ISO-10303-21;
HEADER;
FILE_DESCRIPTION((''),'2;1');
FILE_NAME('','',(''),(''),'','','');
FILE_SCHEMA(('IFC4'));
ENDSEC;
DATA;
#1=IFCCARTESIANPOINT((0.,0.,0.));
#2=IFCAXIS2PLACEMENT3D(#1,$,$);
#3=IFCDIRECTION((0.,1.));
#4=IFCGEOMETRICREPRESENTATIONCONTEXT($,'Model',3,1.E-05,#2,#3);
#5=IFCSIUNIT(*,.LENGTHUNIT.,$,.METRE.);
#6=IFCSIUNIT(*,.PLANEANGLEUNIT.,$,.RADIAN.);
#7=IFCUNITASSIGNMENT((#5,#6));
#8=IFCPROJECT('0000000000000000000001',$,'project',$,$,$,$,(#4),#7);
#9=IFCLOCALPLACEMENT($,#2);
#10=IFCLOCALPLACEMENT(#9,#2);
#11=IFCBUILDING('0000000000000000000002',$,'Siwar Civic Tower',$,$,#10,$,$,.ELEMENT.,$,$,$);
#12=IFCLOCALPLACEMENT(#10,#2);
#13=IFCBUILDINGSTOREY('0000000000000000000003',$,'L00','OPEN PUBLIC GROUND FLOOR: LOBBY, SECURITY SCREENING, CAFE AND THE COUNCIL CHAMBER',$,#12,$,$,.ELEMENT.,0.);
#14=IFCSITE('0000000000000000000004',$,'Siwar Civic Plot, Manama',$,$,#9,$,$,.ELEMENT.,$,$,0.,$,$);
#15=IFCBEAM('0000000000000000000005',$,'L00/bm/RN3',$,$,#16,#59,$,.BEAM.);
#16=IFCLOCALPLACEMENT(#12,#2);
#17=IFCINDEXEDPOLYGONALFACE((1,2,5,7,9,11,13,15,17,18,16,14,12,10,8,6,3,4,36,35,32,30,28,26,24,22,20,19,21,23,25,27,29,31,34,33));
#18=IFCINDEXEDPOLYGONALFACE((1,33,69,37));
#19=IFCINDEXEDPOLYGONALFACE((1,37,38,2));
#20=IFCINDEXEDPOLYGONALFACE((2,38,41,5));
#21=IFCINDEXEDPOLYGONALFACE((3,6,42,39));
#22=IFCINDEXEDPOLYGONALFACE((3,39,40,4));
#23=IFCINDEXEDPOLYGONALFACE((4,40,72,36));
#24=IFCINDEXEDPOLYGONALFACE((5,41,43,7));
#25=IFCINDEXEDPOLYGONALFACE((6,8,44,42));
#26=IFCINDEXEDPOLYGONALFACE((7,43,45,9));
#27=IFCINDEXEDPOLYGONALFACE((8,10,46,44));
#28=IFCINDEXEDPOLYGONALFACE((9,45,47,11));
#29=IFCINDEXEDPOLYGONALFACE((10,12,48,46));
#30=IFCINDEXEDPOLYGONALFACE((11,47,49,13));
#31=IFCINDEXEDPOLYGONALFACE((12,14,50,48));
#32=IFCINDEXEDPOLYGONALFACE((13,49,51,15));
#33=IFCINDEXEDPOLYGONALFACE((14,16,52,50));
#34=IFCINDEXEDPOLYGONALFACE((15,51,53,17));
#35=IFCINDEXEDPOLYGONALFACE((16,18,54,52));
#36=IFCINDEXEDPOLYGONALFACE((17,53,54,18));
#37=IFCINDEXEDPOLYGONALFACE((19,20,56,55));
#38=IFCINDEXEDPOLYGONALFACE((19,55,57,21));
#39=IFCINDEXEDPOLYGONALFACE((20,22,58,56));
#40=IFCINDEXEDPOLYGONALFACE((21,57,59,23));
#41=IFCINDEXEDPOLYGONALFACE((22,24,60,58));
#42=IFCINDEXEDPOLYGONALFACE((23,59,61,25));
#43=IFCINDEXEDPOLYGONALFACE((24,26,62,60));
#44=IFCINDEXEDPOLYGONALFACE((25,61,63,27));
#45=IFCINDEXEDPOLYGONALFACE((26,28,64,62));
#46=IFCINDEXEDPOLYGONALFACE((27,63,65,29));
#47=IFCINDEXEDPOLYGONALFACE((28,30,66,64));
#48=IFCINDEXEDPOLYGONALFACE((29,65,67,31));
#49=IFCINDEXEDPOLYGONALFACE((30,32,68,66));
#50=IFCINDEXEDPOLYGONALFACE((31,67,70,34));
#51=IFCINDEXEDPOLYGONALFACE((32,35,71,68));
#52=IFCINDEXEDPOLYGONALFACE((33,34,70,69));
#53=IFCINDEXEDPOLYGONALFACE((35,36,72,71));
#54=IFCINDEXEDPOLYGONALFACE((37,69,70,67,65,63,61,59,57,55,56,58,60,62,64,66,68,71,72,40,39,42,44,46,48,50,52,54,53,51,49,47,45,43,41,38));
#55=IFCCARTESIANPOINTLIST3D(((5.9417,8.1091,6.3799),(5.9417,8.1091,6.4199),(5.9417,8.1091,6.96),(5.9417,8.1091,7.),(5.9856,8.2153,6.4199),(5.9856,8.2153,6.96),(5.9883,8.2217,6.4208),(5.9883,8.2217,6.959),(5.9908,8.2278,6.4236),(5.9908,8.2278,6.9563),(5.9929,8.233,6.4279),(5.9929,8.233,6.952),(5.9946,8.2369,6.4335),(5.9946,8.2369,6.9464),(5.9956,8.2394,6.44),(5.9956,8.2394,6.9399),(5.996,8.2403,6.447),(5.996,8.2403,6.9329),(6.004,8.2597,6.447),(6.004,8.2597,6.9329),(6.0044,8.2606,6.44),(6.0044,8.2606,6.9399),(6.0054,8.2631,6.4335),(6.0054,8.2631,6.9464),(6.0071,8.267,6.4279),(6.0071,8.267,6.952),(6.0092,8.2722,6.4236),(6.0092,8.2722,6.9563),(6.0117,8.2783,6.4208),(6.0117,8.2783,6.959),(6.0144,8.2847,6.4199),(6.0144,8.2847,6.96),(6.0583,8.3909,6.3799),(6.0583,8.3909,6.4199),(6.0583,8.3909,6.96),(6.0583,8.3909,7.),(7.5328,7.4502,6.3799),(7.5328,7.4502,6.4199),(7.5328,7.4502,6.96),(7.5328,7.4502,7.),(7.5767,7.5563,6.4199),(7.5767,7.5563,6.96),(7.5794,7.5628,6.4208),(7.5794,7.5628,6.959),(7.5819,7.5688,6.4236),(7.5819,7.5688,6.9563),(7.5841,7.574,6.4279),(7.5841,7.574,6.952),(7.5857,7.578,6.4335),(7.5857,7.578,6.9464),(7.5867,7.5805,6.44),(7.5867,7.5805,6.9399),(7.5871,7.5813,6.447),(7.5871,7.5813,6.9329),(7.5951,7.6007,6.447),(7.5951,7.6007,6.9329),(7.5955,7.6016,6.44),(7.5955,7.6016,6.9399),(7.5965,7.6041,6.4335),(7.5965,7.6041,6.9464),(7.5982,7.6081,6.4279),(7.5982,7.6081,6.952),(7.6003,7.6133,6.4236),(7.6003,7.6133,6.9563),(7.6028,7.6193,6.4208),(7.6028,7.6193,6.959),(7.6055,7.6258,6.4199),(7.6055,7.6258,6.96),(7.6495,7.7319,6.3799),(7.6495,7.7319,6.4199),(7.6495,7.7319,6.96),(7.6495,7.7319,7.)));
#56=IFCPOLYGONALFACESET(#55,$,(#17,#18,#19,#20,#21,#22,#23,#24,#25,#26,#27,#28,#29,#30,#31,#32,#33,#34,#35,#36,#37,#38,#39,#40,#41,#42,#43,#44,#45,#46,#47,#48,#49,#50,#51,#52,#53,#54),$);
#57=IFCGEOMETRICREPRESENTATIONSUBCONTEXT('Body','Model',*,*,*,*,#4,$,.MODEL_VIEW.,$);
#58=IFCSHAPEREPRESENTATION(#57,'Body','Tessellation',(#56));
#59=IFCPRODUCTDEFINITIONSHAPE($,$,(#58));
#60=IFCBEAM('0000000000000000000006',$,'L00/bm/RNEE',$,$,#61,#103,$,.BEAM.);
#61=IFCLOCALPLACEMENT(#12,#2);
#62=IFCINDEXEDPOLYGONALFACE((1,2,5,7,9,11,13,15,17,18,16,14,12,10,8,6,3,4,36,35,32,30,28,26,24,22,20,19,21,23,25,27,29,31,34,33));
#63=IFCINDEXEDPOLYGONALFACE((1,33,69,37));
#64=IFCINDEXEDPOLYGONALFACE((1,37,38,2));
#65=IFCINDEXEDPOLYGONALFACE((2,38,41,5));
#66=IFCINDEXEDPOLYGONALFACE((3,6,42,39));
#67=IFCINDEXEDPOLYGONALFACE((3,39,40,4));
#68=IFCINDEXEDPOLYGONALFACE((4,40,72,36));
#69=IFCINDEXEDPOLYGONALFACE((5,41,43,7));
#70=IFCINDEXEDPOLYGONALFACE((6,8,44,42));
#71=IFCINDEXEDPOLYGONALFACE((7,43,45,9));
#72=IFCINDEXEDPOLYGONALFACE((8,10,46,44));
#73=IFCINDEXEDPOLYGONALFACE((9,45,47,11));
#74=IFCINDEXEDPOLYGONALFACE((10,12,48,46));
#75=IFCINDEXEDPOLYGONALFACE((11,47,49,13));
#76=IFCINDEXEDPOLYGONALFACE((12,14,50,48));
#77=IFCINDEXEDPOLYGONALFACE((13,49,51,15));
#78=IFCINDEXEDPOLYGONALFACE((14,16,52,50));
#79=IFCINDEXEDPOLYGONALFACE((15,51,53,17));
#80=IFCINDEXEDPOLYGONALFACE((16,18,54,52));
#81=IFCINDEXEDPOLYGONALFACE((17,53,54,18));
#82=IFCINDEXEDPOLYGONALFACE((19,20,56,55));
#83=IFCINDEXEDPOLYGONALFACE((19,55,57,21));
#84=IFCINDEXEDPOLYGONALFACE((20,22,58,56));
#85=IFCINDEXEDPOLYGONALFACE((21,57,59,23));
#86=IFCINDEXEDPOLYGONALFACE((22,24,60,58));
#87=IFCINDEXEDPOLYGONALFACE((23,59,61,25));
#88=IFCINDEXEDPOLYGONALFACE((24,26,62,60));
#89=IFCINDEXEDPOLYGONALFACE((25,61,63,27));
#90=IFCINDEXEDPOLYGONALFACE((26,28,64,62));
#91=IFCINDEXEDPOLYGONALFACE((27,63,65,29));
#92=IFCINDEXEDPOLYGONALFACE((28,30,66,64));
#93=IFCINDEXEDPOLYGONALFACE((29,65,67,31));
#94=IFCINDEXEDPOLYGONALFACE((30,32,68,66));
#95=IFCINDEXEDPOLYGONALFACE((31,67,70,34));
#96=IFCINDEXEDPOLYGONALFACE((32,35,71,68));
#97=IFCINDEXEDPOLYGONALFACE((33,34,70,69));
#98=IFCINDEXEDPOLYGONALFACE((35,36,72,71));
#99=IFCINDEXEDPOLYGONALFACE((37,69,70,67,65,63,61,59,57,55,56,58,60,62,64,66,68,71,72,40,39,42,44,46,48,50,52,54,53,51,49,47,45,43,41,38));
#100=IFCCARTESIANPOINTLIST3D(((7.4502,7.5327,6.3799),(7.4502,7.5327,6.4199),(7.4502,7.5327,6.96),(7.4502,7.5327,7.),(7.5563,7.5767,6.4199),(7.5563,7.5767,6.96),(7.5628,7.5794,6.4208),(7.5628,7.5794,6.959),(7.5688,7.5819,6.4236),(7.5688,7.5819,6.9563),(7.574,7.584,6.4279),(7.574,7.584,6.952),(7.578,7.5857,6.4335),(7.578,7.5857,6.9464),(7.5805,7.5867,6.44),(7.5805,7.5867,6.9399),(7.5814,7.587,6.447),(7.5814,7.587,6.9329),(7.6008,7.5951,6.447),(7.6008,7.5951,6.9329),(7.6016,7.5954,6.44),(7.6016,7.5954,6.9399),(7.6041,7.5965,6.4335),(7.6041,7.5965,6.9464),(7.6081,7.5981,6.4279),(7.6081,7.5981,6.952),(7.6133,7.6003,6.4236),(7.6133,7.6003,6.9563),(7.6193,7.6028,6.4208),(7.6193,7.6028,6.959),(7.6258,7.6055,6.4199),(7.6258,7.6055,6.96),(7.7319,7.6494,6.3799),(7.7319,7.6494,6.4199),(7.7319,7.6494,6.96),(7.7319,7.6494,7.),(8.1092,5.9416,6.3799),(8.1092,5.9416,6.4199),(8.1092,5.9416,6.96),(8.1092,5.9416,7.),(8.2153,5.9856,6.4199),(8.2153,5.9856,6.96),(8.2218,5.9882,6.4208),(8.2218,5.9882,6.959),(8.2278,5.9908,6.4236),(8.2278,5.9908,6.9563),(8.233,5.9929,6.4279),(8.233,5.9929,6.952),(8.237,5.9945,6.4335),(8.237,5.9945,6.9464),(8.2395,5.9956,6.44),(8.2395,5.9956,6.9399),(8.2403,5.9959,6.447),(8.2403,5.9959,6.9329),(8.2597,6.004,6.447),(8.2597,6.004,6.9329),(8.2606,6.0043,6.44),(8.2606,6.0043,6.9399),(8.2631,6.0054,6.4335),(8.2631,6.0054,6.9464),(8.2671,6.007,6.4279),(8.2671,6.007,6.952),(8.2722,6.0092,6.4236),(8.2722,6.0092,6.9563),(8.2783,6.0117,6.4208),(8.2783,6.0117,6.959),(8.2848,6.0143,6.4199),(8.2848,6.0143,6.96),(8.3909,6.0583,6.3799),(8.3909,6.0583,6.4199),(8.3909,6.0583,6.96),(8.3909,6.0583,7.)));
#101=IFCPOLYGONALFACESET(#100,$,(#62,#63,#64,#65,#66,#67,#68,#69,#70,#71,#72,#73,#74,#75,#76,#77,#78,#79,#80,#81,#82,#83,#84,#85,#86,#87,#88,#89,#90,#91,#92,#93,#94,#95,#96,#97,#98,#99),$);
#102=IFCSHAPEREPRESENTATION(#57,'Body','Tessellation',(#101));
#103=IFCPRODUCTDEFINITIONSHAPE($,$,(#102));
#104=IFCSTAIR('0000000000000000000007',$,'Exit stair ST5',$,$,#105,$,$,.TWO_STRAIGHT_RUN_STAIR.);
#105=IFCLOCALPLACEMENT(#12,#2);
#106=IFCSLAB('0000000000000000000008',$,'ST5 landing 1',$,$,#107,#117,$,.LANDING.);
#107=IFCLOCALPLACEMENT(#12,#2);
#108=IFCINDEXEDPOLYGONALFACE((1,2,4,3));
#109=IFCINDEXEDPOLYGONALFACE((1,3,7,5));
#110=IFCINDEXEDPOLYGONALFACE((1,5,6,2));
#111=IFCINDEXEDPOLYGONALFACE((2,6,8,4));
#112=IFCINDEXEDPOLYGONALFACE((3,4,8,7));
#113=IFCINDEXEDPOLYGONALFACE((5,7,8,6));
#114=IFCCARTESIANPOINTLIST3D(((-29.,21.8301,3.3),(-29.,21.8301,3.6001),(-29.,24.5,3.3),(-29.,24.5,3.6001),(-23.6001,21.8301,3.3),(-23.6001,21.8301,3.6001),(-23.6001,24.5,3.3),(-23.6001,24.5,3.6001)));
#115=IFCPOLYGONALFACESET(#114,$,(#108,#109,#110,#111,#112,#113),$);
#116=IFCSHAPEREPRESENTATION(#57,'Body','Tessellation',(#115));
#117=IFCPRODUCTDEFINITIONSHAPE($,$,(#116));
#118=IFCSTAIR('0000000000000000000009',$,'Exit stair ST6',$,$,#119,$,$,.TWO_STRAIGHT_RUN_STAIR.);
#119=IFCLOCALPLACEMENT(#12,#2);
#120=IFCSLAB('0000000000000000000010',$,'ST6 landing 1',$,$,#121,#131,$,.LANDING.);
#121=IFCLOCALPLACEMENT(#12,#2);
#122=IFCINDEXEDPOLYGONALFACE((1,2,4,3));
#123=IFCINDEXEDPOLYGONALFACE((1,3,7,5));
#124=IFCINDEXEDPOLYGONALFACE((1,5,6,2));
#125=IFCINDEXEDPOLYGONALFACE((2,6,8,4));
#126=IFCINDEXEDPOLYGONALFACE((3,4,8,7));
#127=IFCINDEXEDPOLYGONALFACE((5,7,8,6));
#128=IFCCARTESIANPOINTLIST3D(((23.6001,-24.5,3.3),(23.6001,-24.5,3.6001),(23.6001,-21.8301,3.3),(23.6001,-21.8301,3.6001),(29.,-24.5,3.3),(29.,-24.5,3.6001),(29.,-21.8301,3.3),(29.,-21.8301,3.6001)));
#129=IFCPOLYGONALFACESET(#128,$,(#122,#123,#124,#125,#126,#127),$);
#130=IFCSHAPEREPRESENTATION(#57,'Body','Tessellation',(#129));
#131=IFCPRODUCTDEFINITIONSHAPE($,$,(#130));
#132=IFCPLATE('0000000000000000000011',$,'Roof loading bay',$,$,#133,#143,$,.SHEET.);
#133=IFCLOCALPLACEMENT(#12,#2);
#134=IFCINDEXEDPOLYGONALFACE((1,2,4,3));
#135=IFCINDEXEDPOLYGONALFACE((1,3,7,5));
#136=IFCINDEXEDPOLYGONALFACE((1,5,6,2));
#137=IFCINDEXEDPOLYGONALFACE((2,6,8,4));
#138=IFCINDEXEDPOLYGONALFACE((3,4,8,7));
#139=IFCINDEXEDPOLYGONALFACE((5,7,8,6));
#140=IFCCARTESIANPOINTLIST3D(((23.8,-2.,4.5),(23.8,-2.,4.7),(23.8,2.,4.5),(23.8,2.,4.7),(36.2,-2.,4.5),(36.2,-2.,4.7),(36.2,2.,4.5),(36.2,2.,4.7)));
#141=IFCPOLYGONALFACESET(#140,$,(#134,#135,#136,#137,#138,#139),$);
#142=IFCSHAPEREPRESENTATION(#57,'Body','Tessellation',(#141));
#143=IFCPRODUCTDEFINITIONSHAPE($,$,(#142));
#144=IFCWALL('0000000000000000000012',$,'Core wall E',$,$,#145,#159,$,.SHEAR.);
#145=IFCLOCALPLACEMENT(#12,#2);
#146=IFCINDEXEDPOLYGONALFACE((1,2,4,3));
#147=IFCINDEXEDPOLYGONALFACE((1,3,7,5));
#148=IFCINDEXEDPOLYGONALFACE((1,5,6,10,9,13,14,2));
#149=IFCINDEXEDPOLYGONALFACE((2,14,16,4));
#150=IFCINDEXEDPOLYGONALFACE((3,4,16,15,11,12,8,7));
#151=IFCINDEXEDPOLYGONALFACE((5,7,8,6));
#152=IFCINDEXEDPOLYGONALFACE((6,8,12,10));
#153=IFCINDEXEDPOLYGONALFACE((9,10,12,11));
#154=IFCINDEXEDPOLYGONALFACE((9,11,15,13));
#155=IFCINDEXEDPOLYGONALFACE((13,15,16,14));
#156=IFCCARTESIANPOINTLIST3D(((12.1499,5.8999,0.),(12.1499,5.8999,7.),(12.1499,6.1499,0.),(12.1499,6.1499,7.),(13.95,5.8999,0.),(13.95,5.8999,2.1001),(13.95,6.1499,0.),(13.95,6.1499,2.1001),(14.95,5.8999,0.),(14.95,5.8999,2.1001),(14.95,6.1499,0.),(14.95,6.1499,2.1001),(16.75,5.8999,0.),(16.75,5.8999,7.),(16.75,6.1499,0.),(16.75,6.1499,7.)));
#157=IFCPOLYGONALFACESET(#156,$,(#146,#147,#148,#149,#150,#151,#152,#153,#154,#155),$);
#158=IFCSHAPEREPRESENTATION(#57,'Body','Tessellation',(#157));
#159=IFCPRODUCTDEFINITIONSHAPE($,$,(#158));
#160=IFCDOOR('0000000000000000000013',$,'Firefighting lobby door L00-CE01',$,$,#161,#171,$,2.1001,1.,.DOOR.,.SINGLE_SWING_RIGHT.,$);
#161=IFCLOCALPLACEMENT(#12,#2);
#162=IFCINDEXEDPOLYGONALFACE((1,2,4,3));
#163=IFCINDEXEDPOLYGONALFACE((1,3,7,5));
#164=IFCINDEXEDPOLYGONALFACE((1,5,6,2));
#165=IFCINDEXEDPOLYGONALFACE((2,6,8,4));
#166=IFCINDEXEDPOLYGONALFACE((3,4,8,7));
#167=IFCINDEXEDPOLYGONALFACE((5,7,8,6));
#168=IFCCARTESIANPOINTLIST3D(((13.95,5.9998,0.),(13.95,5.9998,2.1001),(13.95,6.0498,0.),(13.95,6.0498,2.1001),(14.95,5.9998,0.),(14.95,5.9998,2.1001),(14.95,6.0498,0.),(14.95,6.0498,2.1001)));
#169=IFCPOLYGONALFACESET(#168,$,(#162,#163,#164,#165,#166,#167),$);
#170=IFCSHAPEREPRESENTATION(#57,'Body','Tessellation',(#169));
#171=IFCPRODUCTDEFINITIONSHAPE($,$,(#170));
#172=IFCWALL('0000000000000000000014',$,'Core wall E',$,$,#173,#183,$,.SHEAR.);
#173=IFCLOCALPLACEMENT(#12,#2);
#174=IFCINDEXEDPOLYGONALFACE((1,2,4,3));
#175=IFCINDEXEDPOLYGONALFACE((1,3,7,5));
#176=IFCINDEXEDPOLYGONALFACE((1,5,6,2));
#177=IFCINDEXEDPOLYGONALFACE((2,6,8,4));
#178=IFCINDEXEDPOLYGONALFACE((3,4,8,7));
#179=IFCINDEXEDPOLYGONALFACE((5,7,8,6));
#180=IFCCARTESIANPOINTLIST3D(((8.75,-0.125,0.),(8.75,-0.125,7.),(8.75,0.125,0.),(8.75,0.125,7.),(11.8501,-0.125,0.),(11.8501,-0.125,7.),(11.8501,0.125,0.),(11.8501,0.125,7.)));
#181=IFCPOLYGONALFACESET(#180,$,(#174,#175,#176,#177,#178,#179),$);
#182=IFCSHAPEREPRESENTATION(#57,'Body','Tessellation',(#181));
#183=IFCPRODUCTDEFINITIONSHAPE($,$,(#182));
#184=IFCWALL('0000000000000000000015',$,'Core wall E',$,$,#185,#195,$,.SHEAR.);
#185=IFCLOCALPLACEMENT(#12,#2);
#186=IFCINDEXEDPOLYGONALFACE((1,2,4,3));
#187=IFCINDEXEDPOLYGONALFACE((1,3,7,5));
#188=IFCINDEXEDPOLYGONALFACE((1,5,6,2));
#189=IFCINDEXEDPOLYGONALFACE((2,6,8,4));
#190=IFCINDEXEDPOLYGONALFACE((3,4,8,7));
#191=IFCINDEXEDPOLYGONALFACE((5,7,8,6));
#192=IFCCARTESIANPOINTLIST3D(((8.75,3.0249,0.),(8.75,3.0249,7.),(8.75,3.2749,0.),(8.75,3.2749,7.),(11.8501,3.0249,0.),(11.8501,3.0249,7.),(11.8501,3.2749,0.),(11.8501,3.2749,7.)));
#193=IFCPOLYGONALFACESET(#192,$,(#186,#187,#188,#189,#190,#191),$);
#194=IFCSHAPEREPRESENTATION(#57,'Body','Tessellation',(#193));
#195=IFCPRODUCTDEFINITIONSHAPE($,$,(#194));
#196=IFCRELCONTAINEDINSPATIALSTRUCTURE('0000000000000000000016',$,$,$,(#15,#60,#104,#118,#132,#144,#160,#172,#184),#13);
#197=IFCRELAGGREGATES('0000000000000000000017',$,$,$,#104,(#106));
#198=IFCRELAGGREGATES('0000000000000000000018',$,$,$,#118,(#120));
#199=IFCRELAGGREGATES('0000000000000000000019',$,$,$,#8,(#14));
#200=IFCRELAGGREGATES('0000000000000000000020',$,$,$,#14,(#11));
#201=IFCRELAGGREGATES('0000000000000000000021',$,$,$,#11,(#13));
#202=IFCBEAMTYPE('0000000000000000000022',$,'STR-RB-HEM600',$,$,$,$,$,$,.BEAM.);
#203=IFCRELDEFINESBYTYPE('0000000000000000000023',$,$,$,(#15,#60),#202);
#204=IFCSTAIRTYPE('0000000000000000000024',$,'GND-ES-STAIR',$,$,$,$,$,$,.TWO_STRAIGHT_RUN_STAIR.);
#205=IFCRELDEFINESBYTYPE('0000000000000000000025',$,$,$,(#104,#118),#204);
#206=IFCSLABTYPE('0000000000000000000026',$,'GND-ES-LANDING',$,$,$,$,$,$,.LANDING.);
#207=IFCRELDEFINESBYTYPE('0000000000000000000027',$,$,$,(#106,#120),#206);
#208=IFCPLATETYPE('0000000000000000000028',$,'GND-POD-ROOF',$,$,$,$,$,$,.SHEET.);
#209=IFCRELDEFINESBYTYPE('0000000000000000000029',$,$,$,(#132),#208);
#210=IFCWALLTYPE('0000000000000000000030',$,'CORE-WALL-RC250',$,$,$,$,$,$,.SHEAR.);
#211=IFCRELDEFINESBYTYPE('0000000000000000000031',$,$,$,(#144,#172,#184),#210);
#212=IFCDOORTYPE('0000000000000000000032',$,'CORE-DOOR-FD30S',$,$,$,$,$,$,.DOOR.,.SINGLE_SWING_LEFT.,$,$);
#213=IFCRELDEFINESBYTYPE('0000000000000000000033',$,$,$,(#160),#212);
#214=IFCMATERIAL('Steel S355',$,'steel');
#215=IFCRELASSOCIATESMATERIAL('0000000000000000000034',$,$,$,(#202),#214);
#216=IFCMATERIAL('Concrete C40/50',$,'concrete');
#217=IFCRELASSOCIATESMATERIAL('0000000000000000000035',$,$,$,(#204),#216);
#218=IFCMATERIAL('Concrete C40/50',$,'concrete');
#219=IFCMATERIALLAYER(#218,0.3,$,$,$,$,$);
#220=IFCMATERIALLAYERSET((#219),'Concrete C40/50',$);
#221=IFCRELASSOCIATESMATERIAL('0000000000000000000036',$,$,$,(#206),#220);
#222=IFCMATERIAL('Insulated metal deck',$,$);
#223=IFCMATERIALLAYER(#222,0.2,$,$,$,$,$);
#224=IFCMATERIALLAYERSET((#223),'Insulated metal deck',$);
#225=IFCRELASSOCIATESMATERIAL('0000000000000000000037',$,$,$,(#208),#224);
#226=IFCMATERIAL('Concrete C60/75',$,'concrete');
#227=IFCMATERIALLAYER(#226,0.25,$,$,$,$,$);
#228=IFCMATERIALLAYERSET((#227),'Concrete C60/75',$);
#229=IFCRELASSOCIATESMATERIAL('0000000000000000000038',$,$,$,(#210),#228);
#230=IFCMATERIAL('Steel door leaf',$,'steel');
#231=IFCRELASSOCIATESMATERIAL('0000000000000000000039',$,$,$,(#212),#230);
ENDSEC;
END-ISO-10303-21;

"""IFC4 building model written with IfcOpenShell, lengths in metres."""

from ifc_helpers import new_model, si_unit, direction, frame, frame_2d, origin, origin_2d, place, context, subcontext, project, spatial, polyline, rectangle, i_section, outline, extrude, material, layer, layer_set, material_profile, profile_set, type_object, element, fill, aggregate, save


model = new_model("IFC4")

# Units and contexts
model_context = context("Model", 3, precision=1e-05, world=origin(), true_north=direction((0.0, 1.0)))
body_context = subcontext(model_context, "Body", "Model", "MODEL_VIEW")
ifc_project = project(units=[si_unit("LENGTHUNIT", "METRE"), si_unit("PLANEANGLEUNIT", "RADIAN")], contexts=[model_context])

# Site, building, storey
site_placement = place(None, origin())
site = spatial("IfcSite", under=ifc_project, at=site_placement, Name="Siwar Civic Plot, Manama", CompositionType="ELEMENT", RefElevation=0.0)
building_placement = place(site_placement, origin())
building = spatial("IfcBuilding", under=site, at=building_placement, Name="Siwar Civic Tower", CompositionType="ELEMENT")
storey_placement = place(building_placement, origin())
storey = spatial("IfcBuildingStorey", under=building, at=storey_placement, Name="L00", Description="OPEN PUBLIC GROUND FLOOR: LOBBY, SECURITY SCREENING, CAFE AND THE COUNCIL CHAMBER", CompositionType="ELEMENT", Elevation=0.0)

# Beams
ifc_material_1 = material(Name="Steel S355", Category="steel")
ifc_material_profile_1 = material_profile(ifc_material_1, i_section(OverallWidth=0.3049, OverallDepth=0.6201, WebThickness=0.021, FlangeThickness=0.04, FilletRadius=0.0271, at=origin_2d()), Name="HEM600")
ifc_profile_set_1 = profile_set([ifc_material_profile_1], Name="Steel S355")
beam_type_1 = type_object("IfcBeamType", Name="STR-RB-HEM600", PredefinedType="BEAM", material=ifc_profile_set_1)
for number, where, z_axis, x_axis, name in (
    (1, (6.0, 8.25, 6.6899), (0.923901, -0.382631, 0.0), (0.382631, 0.923901, 0.0), "L00/bm/RN3"),
    (2, (7.5911, 7.5911, 6.6899), (0.382631, -0.923901, 0.0), (0.923901, 0.382631, 0.0), "L00/bm/RNEE"),
):
    element("IfcBeam", number, at=place(storey_placement, frame(where, z_axis=z_axis, x_axis=x_axis)), inside=storey, type_object=beam_type_1, Name=name, PredefinedType="BEAM", context=body_context, shape_type="SweptSolid", body=[
        extrude(i_section(OverallWidth=0.3049, OverallDepth=0.6201, WebThickness=0.021, FlangeThickness=0.04, FilletRadius=0.0271, at=origin_2d()), origin(), (0.0, 0.0, 1.0), 1.7222),
    ])

# Stairs, slabs
ifc_material_2 = material(Name="Concrete C40/50", Category="concrete")
stair_type_1 = type_object("IfcStairType", Name="GND-ES-STAIR", PredefinedType="TWO_STRAIGHT_RUN_STAIR", material=ifc_material_2)
stair_1_placement = place(storey_placement, origin())
stair_1 = element("IfcStair", 3, at=stair_1_placement, inside=storey, type_object=stair_type_1, Name="Exit stair ST5", PredefinedType="TWO_STRAIGHT_RUN_STAIR")
ifc_material_3 = material(Name="Concrete C40/50", Category="concrete")
ifc_layer_1 = layer(ifc_material_3, 0.3)
ifc_layer_set_1 = layer_set([ifc_layer_1], Name="Concrete C40/50")
slab_type = type_object("IfcSlabType", Name="GND-ES-LANDING", PredefinedType="LANDING", material=ifc_layer_set_1)
slab_1_placement = place(storey_placement, frame((0.0, 0.0, 3.3)))
slab_1 = element("IfcSlab", 4, at=slab_1_placement, type_object=slab_type, Name="ST5 landing 1", PredefinedType="LANDING", context=body_context, shape_type="SweptSolid", body=[
    extrude(outline(polyline([(-29.0, 21.8301), (-23.6001, 21.8301), (-23.6001, 24.5), (-29.0, 24.5), (-29.0, 21.8301)])), origin(), (0.0, 0.0, 1.0), 0.3),
])
aggregate(stair_1, [slab_1])
stair_2_placement = place(storey_placement, origin())
stair_2 = element("IfcStair", 5, at=stair_2_placement, inside=storey, type_object=stair_type_1, Name="Exit stair ST6", PredefinedType="TWO_STRAIGHT_RUN_STAIR")
slab_2_placement = place(storey_placement, frame((0.0, 0.0, 3.3)))
slab_2 = element("IfcSlab", 6, at=slab_2_placement, type_object=slab_type, Name="ST6 landing 1", PredefinedType="LANDING", context=body_context, shape_type="SweptSolid", body=[
    extrude(outline(polyline([(29.0, -21.8301), (23.6001, -21.8301), (23.6001, -24.5), (29.0, -24.5), (29.0, -21.8301)])), origin(), (0.0, 0.0, 1.0), 0.3),
])
aggregate(stair_2, [slab_2])

# Plate
ifc_material_4 = material(Name="Insulated metal deck")
ifc_layer_2 = layer(ifc_material_4, 0.2)
ifc_layer_set_2 = layer_set([ifc_layer_2], Name="Insulated metal deck")
plate_type = type_object("IfcPlateType", Name="GND-POD-ROOF", PredefinedType="SHEET", material=ifc_layer_set_2)
plate_placement = place(storey_placement, frame((0.0, 0.0, 4.5)))
element("IfcPlate", 7, at=plate_placement, inside=storey, type_object=plate_type, Name="Roof loading bay", PredefinedType="SHEET", context=body_context, shape_type="SweptSolid", body=[
    extrude(outline(polyline([(23.8, -2.0), (36.2, -2.0), (36.2, 2.0), (23.8, 2.0), (23.8, -2.0)])), origin(), (0.0, 0.0, 1.0), 0.2),
])

# Wall, opening, door
ifc_material_5 = material(Name="Concrete C60/75", Category="concrete")
ifc_layer_3 = layer(ifc_material_5, 0.25)
ifc_layer_set_3 = layer_set([ifc_layer_3], Name="Concrete C60/75")
wall_type_1 = type_object("IfcWallType", Name="CORE-WALL-RC250", PredefinedType="SHEAR", material=ifc_layer_set_3)
wall_1_placement = place(storey_placement, frame((12.1499, 6.0249, 0.0), z_axis=(0.0, 0.0, 1.0), x_axis=(1.0, 0.0, 0.0)))
wall_1 = element("IfcWall", 8, at=wall_1_placement, inside=storey, type_object=wall_type_1, Name="Core wall E", PredefinedType="SHEAR", context=body_context, shape_type="SweptSolid", body=[
    extrude(rectangle(XDim=4.6001, YDim=0.25, at=frame_2d((2.3, 0.0))), origin(), (0.0, 0.0, 1.0), 7.0),
])
opening_1_placement = place(wall_1_placement, frame((1.8, 0.0, 0.0)))
opening_1 = element("IfcOpeningElement", 9, at=opening_1_placement, cuts=wall_1, PredefinedType="OPENING", context=body_context, shape_type="SweptSolid", body=[
    extrude(rectangle(XDim=1.0, YDim=2.1001, at=frame_2d((0.5, 1.05))), frame((0.0, 0.135, 0.0), z_axis=(0.0, -1.0, 0.0), x_axis=(1.0, 0.0, 0.0)), (0.0, 0.0, 1.0), 0.27),
])
ifc_material_6 = material(Name="Steel door leaf", Category="steel")
door_type_1 = type_object("IfcDoorType", Name="CORE-DOOR-FD30S", OperationType="SINGLE_SWING_LEFT", PredefinedType="DOOR", material=ifc_material_6)
door_1_placement = place(opening_1_placement, origin())
door_1 = element("IfcDoor", 10, at=door_1_placement, inside=storey, type_object=door_type_1, Name="Firefighting lobby door L00-CE01", OperationType="SINGLE_SWING_RIGHT", OverallHeight=2.1001, OverallWidth=1.0, PredefinedType="DOOR", context=body_context, shape_type="SweptSolid", body=[
    extrude(rectangle(XDim=1.0, YDim=2.1001, at=frame_2d((0.5, 1.05))), frame((0.0, 0.0249, 0.0), z_axis=(0.0, -1.0, 0.0), x_axis=(1.0, 0.0, 0.0)), (0.0, 0.0, 1.0), 0.05),
])
fill(opening_1, door_1)

# Walls
for number, where, z_axis, x_axis, name in (
    (11, (8.75, 0.0, 0.0), (0.0, 0.0, 1.0), (1.0, 0.0, 0.0), "Core wall E"),
    (12, (8.75, 3.1499, 0.0), (0.0, 0.0, 1.0), (1.0, 0.0, 0.0), "Core wall E"),
):
    element("IfcWall", number, at=place(storey_placement, frame(where, z_axis=z_axis, x_axis=x_axis)), inside=storey, type_object=wall_type_1, Name=name, PredefinedType="SHEAR", context=body_context, shape_type="SweptSolid", body=[
        extrude(rectangle(XDim=3.1001, YDim=0.25, at=frame_2d((1.55, 0.0))), origin(), (0.0, 0.0, 1.0), 7.0),
    ])

save(model, "model.ifc")
